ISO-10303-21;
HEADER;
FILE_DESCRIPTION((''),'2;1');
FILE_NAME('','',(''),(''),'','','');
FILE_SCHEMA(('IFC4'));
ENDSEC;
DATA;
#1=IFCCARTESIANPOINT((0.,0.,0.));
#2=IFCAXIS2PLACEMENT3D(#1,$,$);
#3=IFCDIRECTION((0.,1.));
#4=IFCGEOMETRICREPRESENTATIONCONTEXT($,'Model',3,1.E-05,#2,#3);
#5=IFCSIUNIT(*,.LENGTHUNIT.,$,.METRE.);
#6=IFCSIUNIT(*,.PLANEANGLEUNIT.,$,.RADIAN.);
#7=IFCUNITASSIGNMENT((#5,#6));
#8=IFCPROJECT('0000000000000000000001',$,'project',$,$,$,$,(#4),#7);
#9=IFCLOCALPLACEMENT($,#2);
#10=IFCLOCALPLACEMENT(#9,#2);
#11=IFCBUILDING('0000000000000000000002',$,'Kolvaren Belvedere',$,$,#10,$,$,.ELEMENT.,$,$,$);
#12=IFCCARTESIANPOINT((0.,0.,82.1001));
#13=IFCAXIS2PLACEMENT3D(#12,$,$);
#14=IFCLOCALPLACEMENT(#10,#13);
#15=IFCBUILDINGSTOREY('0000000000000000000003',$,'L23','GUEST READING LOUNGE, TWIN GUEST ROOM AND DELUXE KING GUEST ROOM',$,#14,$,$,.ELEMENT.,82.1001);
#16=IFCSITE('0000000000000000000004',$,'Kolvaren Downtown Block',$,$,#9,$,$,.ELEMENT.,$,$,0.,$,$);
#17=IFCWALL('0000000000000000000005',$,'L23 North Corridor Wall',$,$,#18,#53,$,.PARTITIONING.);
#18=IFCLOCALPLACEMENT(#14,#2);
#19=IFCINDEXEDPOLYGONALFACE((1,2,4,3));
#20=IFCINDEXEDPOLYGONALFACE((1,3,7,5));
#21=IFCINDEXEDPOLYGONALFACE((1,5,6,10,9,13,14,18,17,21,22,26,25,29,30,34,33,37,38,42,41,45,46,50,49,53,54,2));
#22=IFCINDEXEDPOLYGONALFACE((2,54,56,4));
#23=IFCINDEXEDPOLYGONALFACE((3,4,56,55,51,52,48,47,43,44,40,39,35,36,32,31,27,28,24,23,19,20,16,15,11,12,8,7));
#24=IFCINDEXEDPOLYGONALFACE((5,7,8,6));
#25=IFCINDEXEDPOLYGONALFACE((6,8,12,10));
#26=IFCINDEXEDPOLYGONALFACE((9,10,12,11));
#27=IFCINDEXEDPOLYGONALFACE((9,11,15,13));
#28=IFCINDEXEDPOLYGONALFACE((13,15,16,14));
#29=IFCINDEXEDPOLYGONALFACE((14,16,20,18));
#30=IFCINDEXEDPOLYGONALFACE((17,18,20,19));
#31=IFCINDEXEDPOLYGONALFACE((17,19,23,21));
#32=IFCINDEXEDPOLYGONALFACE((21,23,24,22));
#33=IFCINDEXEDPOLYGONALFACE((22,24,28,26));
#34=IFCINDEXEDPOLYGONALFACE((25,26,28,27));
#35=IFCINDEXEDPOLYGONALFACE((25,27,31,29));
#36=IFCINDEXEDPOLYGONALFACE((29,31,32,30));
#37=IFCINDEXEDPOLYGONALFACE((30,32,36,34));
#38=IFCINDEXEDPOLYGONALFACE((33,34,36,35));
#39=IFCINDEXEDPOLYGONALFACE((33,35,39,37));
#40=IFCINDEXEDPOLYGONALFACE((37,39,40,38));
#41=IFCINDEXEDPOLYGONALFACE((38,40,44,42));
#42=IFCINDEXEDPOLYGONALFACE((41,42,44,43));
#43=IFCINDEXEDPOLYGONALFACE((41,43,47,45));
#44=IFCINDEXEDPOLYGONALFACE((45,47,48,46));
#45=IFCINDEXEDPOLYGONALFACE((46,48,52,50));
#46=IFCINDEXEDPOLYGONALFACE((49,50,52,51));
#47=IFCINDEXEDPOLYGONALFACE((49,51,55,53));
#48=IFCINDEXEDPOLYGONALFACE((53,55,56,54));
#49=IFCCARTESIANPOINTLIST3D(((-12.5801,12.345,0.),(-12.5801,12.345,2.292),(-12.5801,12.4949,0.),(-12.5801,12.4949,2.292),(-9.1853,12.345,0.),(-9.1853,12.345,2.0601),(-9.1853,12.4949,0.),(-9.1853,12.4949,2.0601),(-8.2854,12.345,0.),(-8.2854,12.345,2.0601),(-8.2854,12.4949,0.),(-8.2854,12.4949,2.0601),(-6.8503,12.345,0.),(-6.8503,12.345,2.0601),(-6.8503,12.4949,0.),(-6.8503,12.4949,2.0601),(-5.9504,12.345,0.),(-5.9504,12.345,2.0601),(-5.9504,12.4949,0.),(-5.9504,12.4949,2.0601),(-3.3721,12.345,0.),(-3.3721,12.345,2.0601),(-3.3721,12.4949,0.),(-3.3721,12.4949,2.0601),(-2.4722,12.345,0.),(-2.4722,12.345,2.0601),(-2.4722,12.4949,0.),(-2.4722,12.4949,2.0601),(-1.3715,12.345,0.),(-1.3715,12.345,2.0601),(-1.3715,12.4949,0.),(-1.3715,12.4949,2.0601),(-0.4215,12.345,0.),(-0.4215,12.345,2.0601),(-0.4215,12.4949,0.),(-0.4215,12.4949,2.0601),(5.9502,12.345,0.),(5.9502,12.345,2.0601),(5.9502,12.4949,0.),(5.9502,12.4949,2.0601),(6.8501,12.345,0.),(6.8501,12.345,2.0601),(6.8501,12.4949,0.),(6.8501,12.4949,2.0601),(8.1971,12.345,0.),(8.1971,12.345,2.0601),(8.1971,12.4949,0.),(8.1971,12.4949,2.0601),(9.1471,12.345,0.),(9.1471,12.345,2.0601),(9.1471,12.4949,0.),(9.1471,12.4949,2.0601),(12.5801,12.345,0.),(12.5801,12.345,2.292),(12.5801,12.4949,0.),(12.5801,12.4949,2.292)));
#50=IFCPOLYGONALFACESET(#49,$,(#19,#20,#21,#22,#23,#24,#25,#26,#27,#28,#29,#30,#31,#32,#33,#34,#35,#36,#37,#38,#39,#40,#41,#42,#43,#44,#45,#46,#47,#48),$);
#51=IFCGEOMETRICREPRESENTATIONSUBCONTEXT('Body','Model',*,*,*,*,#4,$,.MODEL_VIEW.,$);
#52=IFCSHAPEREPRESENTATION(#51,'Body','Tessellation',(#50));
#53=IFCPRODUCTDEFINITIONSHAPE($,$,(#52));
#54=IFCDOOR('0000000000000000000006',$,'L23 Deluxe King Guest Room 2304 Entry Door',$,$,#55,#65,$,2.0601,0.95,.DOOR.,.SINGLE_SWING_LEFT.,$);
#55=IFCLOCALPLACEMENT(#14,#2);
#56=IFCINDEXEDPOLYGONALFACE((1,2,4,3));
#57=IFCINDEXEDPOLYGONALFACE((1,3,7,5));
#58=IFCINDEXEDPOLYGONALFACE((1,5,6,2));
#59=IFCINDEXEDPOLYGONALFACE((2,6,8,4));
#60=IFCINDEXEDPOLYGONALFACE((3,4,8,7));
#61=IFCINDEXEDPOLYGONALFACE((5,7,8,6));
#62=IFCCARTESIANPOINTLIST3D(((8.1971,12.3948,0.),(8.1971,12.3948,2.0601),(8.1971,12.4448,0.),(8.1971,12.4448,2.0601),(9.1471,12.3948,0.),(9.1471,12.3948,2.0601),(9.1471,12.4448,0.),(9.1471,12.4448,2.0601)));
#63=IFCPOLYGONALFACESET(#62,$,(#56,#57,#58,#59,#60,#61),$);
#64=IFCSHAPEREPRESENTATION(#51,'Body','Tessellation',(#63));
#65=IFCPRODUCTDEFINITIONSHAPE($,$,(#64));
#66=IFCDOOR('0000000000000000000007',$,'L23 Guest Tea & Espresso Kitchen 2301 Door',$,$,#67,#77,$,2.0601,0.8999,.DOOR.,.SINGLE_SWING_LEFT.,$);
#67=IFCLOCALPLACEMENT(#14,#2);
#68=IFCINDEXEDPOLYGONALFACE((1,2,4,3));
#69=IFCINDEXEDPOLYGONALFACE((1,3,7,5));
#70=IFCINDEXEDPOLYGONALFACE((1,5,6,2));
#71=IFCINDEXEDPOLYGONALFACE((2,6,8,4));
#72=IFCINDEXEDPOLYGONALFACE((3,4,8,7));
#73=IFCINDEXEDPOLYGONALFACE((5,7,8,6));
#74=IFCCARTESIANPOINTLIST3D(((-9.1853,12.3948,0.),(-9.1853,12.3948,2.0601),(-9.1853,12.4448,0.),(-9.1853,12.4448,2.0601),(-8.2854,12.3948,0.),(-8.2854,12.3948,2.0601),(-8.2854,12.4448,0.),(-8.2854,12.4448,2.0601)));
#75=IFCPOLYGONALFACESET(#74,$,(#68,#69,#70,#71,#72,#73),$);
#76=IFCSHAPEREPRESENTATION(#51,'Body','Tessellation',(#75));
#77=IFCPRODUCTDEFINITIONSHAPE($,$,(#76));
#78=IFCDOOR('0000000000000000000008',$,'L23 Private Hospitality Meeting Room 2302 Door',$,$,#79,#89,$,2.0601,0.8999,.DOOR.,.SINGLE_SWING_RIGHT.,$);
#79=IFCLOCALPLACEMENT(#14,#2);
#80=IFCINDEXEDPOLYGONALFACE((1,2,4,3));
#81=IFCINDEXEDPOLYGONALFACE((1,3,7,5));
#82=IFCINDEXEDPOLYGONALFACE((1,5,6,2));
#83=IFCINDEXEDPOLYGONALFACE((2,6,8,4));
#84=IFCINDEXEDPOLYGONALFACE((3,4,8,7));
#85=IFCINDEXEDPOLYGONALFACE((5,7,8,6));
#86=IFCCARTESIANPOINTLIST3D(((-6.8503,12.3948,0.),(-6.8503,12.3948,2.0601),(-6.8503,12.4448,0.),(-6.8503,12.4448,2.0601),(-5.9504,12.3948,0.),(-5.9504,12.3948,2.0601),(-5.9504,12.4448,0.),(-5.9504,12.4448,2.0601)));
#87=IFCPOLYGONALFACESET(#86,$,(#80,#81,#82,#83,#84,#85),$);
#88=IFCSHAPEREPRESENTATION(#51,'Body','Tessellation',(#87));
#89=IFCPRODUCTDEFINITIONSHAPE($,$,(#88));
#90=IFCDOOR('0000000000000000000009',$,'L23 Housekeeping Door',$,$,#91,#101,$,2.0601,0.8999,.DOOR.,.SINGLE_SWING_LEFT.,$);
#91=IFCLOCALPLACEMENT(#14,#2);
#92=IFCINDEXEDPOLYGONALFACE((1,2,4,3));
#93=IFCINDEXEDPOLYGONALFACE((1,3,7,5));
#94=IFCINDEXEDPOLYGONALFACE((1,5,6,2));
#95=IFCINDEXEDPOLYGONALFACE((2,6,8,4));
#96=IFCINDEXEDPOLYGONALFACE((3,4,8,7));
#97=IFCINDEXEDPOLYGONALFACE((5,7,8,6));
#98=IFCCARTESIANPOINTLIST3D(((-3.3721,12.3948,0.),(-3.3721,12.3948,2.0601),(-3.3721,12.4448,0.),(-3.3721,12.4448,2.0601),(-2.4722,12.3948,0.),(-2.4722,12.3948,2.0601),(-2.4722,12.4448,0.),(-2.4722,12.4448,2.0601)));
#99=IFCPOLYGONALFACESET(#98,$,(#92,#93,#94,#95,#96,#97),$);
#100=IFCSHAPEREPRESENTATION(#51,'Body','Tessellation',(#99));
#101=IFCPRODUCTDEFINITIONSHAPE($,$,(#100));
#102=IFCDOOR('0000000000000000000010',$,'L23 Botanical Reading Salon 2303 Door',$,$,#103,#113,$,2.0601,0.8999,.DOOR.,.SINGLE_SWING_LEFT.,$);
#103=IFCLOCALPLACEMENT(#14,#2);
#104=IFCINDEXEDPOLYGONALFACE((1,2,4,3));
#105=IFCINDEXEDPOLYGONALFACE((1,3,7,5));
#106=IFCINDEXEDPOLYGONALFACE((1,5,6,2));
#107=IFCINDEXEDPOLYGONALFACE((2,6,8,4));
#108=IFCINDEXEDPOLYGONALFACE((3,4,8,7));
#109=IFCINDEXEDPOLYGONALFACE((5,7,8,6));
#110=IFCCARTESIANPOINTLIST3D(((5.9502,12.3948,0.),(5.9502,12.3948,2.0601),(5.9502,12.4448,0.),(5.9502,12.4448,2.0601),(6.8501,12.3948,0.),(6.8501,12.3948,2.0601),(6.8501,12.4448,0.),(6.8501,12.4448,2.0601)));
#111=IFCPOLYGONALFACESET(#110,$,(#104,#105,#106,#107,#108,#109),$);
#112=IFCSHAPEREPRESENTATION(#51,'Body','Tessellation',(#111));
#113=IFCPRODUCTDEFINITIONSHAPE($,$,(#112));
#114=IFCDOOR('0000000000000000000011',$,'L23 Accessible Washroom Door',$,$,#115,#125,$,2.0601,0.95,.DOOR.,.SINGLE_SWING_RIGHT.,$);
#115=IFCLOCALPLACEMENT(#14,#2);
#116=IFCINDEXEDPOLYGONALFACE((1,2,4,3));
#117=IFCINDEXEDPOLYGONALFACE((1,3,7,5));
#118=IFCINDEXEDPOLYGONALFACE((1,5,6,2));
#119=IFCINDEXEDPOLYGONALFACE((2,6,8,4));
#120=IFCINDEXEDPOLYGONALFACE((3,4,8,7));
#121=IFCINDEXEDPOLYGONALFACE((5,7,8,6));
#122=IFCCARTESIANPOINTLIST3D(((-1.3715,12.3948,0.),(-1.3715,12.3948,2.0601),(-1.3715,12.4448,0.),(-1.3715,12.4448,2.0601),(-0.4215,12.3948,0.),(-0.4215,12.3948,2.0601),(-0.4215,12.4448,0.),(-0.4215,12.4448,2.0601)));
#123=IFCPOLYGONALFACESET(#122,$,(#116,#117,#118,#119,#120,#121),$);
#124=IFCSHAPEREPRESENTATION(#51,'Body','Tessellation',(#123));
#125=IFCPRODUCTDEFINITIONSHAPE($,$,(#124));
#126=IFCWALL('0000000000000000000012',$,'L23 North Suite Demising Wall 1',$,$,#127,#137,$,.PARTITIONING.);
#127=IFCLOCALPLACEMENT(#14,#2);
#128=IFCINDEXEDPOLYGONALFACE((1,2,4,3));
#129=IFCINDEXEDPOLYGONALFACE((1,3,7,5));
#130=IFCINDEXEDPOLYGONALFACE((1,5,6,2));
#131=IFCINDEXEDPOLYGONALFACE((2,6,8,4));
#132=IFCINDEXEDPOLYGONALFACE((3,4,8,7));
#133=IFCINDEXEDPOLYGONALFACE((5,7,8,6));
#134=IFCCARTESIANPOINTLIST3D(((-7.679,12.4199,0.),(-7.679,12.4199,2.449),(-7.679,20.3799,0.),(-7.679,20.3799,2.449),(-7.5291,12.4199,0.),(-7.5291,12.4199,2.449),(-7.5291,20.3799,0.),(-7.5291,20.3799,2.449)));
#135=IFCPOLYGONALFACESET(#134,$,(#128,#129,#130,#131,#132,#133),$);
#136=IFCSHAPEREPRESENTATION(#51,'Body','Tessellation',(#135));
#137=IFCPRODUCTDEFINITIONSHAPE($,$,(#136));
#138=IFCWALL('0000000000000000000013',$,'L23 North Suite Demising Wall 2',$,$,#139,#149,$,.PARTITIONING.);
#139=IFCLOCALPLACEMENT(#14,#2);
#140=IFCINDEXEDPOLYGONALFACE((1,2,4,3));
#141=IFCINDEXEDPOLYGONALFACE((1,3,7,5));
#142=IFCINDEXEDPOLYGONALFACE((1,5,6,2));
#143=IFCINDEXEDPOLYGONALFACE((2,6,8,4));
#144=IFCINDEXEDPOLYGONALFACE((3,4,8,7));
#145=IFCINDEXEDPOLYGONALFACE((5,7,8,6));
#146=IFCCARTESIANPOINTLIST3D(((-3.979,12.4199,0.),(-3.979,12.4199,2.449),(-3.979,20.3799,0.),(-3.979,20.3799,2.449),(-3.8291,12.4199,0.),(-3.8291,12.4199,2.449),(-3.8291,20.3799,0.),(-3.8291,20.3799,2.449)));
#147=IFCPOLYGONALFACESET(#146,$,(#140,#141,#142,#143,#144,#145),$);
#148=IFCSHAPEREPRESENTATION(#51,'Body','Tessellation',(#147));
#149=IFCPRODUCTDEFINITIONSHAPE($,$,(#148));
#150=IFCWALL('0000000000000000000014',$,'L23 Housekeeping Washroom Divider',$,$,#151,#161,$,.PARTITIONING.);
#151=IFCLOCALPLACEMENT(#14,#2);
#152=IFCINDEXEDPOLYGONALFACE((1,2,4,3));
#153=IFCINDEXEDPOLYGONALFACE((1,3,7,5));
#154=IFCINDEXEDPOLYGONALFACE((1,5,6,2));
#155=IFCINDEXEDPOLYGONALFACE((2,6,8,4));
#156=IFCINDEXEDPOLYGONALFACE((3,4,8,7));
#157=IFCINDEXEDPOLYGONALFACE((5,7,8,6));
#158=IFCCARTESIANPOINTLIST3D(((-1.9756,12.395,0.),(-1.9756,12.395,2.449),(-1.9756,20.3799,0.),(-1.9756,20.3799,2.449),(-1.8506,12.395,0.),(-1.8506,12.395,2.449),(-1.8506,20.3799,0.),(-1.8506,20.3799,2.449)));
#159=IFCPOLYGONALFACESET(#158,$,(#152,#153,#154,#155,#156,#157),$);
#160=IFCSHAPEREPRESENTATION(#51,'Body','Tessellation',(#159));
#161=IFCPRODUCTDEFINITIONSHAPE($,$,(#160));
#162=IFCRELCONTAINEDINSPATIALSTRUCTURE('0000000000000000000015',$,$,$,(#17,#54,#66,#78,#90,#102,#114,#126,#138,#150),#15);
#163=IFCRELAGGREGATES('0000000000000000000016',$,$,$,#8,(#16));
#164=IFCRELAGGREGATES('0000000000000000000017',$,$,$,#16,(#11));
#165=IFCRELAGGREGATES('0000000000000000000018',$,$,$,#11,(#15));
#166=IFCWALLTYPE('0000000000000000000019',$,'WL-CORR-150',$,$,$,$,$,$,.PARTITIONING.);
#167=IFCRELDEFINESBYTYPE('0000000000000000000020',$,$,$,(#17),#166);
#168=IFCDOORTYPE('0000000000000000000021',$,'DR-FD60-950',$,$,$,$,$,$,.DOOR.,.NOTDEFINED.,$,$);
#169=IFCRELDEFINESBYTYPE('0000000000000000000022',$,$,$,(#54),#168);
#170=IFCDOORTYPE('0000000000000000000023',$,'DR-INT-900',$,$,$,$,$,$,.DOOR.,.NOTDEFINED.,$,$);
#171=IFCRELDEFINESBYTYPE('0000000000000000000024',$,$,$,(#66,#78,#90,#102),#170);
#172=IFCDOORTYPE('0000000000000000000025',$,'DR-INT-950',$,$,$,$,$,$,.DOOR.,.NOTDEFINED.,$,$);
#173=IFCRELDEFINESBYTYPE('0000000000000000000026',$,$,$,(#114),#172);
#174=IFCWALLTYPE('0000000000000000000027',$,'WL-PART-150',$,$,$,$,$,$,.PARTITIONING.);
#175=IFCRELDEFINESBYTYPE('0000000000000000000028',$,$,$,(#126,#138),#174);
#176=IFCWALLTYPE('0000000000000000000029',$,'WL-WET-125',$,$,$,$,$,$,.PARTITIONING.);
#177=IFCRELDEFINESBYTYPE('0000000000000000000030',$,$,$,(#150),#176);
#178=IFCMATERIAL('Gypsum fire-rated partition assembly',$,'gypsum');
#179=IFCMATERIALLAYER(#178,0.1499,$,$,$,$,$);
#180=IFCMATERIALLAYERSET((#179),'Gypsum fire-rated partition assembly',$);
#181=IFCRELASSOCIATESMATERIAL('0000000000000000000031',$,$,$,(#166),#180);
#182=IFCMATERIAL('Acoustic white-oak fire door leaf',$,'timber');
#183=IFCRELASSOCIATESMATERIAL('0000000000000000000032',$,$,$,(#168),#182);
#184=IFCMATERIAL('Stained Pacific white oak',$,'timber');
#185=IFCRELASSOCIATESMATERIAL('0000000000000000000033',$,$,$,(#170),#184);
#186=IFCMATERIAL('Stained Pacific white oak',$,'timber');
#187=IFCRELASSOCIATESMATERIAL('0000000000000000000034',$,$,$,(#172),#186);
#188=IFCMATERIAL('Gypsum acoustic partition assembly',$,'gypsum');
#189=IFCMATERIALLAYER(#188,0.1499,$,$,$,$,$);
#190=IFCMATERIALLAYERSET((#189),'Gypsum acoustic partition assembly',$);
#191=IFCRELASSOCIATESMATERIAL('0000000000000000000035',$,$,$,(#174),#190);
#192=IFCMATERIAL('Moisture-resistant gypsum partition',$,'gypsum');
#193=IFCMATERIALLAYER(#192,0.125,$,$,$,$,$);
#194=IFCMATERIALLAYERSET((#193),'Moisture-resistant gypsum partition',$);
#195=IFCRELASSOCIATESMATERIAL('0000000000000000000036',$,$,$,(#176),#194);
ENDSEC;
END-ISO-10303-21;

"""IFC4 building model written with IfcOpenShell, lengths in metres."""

from ifc_helpers import new_model, si_unit, direction, frame, frame_2d, origin, place, context, subcontext, project, spatial, rectangle, extrude, material, layer, layer_set, type_object, element, fill, save


model = new_model("IFC4")

# Units and contexts
model_context = context("Model", 3, precision=1e-05, world=origin(), true_north=direction((0.0, 1.0)))
body_context = subcontext(model_context, "Body", "Model", "MODEL_VIEW")
ifc_project = project(units=[si_unit("LENGTHUNIT", "METRE"), si_unit("PLANEANGLEUNIT", "RADIAN")], contexts=[model_context])

# Site, building, storey
site_placement = place(None, origin())
site = spatial("IfcSite", under=ifc_project, at=site_placement, Name="Kolvaren Downtown Block", CompositionType="ELEMENT", RefElevation=0.0)
building_placement = place(site_placement, origin())
building = spatial("IfcBuilding", under=site, at=building_placement, Name="Kolvaren Belvedere", CompositionType="ELEMENT")
storey_placement = place(building_placement, frame((0.0, 0.0, 82.1001)))
storey = spatial("IfcBuildingStorey", under=building, at=storey_placement, Name="L23", Description="GUEST READING LOUNGE, TWIN GUEST ROOM AND DELUXE KING GUEST ROOM", CompositionType="ELEMENT", Elevation=82.1001)

# Wall, openings, doors
ifc_material_1 = material(Name="Gypsum fire-rated partition assembly", Category="gypsum")
ifc_layer_1 = layer(ifc_material_1, 0.1499)
ifc_layer_set_1 = layer_set([ifc_layer_1], Name="Gypsum fire-rated partition assembly")
wall_type_1 = type_object("IfcWallType", Name="WL-CORR-150", PredefinedType="PARTITIONING", material=ifc_layer_set_1)
wall_1_placement = place(storey_placement, frame((-12.5801, 12.4199, 0.0), z_axis=(0.0, 0.0, 1.0), x_axis=(1.0, 0.0, 0.0)))
wall_1 = element("IfcWall", 1, at=wall_1_placement, inside=storey, type_object=wall_type_1, Name="L23 North Corridor Wall", PredefinedType="PARTITIONING", context=body_context, shape_type="SweptSolid", body=[
    extrude(rectangle(XDim=25.1602, YDim=0.1499, at=frame_2d((12.5801, 0.0))), origin(), (0.0, 0.0, 1.0), 2.292),
])
opening_1_placement = place(wall_1_placement, frame((3.3948, 0.0, 0.0)))
opening_1 = element("IfcOpeningElement", 2, at=opening_1_placement, cuts=wall_1, PredefinedType="OPENING", context=body_context, shape_type="SweptSolid", body=[
    extrude(rectangle(XDim=0.8999, YDim=2.0601, at=frame_2d((0.45, 1.03))), frame((0.0, 0.085, 0.0), z_axis=(0.0, -1.0, 0.0), x_axis=(1.0, 0.0, 0.0)), (0.0, 0.0, 1.0), 0.1699),
])
opening_2_placement = place(wall_1_placement, frame((5.7297, 0.0, 0.0)))
opening_2 = element("IfcOpeningElement", 3, at=opening_2_placement, cuts=wall_1, PredefinedType="OPENING", context=body_context, shape_type="SweptSolid", body=[
    extrude(rectangle(XDim=0.8999, YDim=2.0601, at=frame_2d((0.45, 1.03))), frame((0.0, 0.085, 0.0), z_axis=(0.0, -1.0, 0.0), x_axis=(1.0, 0.0, 0.0)), (0.0, 0.0, 1.0), 0.1699),
])
opening_3_placement = place(wall_1_placement, frame((9.208, 0.0, 0.0)))
opening_3 = element("IfcOpeningElement", 4, at=opening_3_placement, cuts=wall_1, PredefinedType="OPENING", context=body_context, shape_type="SweptSolid", body=[
    extrude(rectangle(XDim=0.8999, YDim=2.0601, at=frame_2d((0.45, 1.03))), frame((0.0, 0.085, 0.0), z_axis=(0.0, -1.0, 0.0), x_axis=(1.0, 0.0, 0.0)), (0.0, 0.0, 1.0), 0.1699),
])
opening_4_placement = place(wall_1_placement, frame((11.2085, 0.0, 0.0)))
opening_4 = element("IfcOpeningElement", 5, at=opening_4_placement, cuts=wall_1, PredefinedType="OPENING", context=body_context, shape_type="SweptSolid", body=[
    extrude(rectangle(XDim=0.95, YDim=2.0601, at=frame_2d((0.4751, 1.03))), frame((0.0, 0.085, 0.0), z_axis=(0.0, -1.0, 0.0), x_axis=(1.0, 0.0, 0.0)), (0.0, 0.0, 1.0), 0.1699),
])
opening_5_placement = place(wall_1_placement, frame((18.5303, 0.0, 0.0)))
opening_5 = element("IfcOpeningElement", 6, at=opening_5_placement, cuts=wall_1, PredefinedType="OPENING", context=body_context, shape_type="SweptSolid", body=[
    extrude(rectangle(XDim=0.8999, YDim=2.0601, at=frame_2d((0.45, 1.03))), frame((0.0, 0.085, 0.0), z_axis=(0.0, -1.0, 0.0), x_axis=(1.0, 0.0, 0.0)), (0.0, 0.0, 1.0), 0.1699),
])
opening_6_placement = place(wall_1_placement, frame((20.7771, 0.0, 0.0)))
opening_6 = element("IfcOpeningElement", 7, at=opening_6_placement, cuts=wall_1, PredefinedType="OPENING", context=body_context, shape_type="SweptSolid", body=[
    extrude(rectangle(XDim=0.95, YDim=2.0601, at=frame_2d((0.4751, 1.03))), frame((0.0, 0.085, 0.0), z_axis=(0.0, -1.0, 0.0), x_axis=(1.0, 0.0, 0.0)), (0.0, 0.0, 1.0), 0.1699),
])
ifc_material_2 = material(Name="Acoustic white-oak fire door leaf", Category="timber")
door_type_1 = type_object("IfcDoorType", Name="DR-FD60-950", OperationType="NOTDEFINED", PredefinedType="DOOR", material=ifc_material_2)
door_1_placement = place(opening_6_placement, origin())
door_1 = element("IfcDoor", 8, at=door_1_placement, inside=storey, type_object=door_type_1, Name="L23 Deluxe King Guest Room 2304 Entry Door", OperationType="SINGLE_SWING_LEFT", OverallHeight=2.0601, OverallWidth=0.95, PredefinedType="DOOR", context=body_context, shape_type="SweptSolid", body=[
    extrude(rectangle(XDim=0.95, YDim=2.0601, at=frame_2d((0.4751, 1.03))), frame((0.0, 0.0249, 0.0), z_axis=(0.0, -1.0, 0.0), x_axis=(1.0, 0.0, 0.0)), (0.0, 0.0, 1.0), 0.05),
])
fill(opening_6, door_1)
ifc_material_3 = material(Name="Stained Pacific white oak", Category="timber")
door_type_2 = type_object("IfcDoorType", Name="DR-INT-900", OperationType="NOTDEFINED", PredefinedType="DOOR", material=ifc_material_3)
door_2_placement = place(opening_1_placement, origin())
door_2 = element("IfcDoor", 9, at=door_2_placement, inside=storey, type_object=door_type_2, Name="L23 Guest Tea & Espresso Kitchen 2301 Door", OperationType="SINGLE_SWING_LEFT", OverallHeight=2.0601, OverallWidth=0.8999, PredefinedType="DOOR", context=body_context, shape_type="SweptSolid", body=[
    extrude(rectangle(XDim=0.8999, YDim=2.0601, at=frame_2d((0.45, 1.03))), frame((0.0, 0.0249, 0.0), z_axis=(0.0, -1.0, 0.0), x_axis=(1.0, 0.0, 0.0)), (0.0, 0.0, 1.0), 0.05),
])
fill(opening_1, door_2)
door_3_placement = place(opening_2_placement, origin())
door_3 = element("IfcDoor", 10, at=door_3_placement, inside=storey, type_object=door_type_2, Name="L23 Private Hospitality Meeting Room 2302 Door", OperationType="SINGLE_SWING_RIGHT", OverallHeight=2.0601, OverallWidth=0.8999, PredefinedType="DOOR", context=body_context, shape_type="SweptSolid", body=[
    extrude(rectangle(XDim=0.8999, YDim=2.0601, at=frame_2d((0.45, 1.03))), frame((0.0, 0.0249, 0.0), z_axis=(0.0, -1.0, 0.0), x_axis=(1.0, 0.0, 0.0)), (0.0, 0.0, 1.0), 0.05),
])
fill(opening_2, door_3)
door_4_placement = place(opening_3_placement, origin())
door_4 = element("IfcDoor", 11, at=door_4_placement, inside=storey, type_object=door_type_2, Name="L23 Housekeeping Door", OperationType="SINGLE_SWING_LEFT", OverallHeight=2.0601, OverallWidth=0.8999, PredefinedType="DOOR", context=body_context, shape_type="SweptSolid", body=[
    extrude(rectangle(XDim=0.8999, YDim=2.0601, at=frame_2d((0.45, 1.03))), frame((0.0, 0.0249, 0.0), z_axis=(0.0, -1.0, 0.0), x_axis=(1.0, 0.0, 0.0)), (0.0, 0.0, 1.0), 0.05),
])
fill(opening_3, door_4)
door_5_placement = place(opening_5_placement, origin())
door_5 = element("IfcDoor", 12, at=door_5_placement, inside=storey, type_object=door_type_2, Name="L23 Botanical Reading Salon 2303 Door", OperationType="SINGLE_SWING_LEFT", OverallHeight=2.0601, OverallWidth=0.8999, PredefinedType="DOOR", context=body_context, shape_type="SweptSolid", body=[
    extrude(rectangle(XDim=0.8999, YDim=2.0601, at=frame_2d((0.45, 1.03))), frame((0.0, 0.0249, 0.0), z_axis=(0.0, -1.0, 0.0), x_axis=(1.0, 0.0, 0.0)), (0.0, 0.0, 1.0), 0.05),
])
fill(opening_5, door_5)
ifc_material_4 = material(Name="Stained Pacific white oak", Category="timber")
door_type_3 = type_object("IfcDoorType", Name="DR-INT-950", OperationType="NOTDEFINED", PredefinedType="DOOR", material=ifc_material_4)
door_6_placement = place(opening_4_placement, origin())
door_6 = element("IfcDoor", 13, at=door_6_placement, inside=storey, type_object=door_type_3, Name="L23 Accessible Washroom Door", OperationType="SINGLE_SWING_RIGHT", OverallHeight=2.0601, OverallWidth=0.95, PredefinedType="DOOR", context=body_context, shape_type="SweptSolid", body=[
    extrude(rectangle(XDim=0.95, YDim=2.0601, at=frame_2d((0.4751, 1.03))), frame((0.0, 0.0249, 0.0), z_axis=(0.0, -1.0, 0.0), x_axis=(1.0, 0.0, 0.0)), (0.0, 0.0, 1.0), 0.05),
])
fill(opening_4, door_6)

# Walls
ifc_material_5 = material(Name="Gypsum acoustic partition assembly", Category="gypsum")
ifc_layer_2 = layer(ifc_material_5, 0.1499)
ifc_layer_set_2 = layer_set([ifc_layer_2], Name="Gypsum acoustic partition assembly")
wall_type_2 = type_object("IfcWallType", Name="WL-PART-150", PredefinedType="PARTITIONING", material=ifc_layer_set_2)
for number, where, z_axis, x_axis, name in (
    (14, (-7.604, 12.4199, 0.0), (0.0, 0.0, 1.0), (0.0, 1.0, 0.0), "L23 North Suite Demising Wall 1"),
    (15, (-3.9041, 12.4199, 0.0), (0.0, 0.0, 1.0), (0.0, 1.0, 0.0), "L23 North Suite Demising Wall 2"),
):
    element("IfcWall", number, at=place(storey_placement, frame(where, z_axis=z_axis, x_axis=x_axis)), inside=storey, type_object=wall_type_2, Name=name, PredefinedType="PARTITIONING", context=body_context, shape_type="SweptSolid", body=[
        extrude(rectangle(XDim=7.96, YDim=0.1499, at=frame_2d((3.98, 0.0))), origin(), (0.0, 0.0, 1.0), 2.449),
    ])
ifc_material_6 = material(Name="Moisture-resistant gypsum partition", Category="gypsum")
ifc_layer_3 = layer(ifc_material_6, 0.125)
ifc_layer_set_3 = layer_set([ifc_layer_3], Name="Moisture-resistant gypsum partition")
wall_type_3 = type_object("IfcWallType", Name="WL-WET-125", PredefinedType="PARTITIONING", material=ifc_layer_set_3)
wall_2_placement = place(storey_placement, frame((-1.9131, 12.395, 0.0), z_axis=(0.0, 0.0, 1.0), x_axis=(0.0, 1.0, 0.0)))
element("IfcWall", 16, at=wall_2_placement, inside=storey, type_object=wall_type_3, Name="L23 Housekeeping Washroom Divider", PredefinedType="PARTITIONING", context=body_context, shape_type="SweptSolid", body=[
    extrude(rectangle(XDim=7.9849, YDim=0.125, at=frame_2d((3.9924, 0.0))), origin(), (0.0, 0.0, 1.0), 2.449),
])

save(model, "model.ifc")
